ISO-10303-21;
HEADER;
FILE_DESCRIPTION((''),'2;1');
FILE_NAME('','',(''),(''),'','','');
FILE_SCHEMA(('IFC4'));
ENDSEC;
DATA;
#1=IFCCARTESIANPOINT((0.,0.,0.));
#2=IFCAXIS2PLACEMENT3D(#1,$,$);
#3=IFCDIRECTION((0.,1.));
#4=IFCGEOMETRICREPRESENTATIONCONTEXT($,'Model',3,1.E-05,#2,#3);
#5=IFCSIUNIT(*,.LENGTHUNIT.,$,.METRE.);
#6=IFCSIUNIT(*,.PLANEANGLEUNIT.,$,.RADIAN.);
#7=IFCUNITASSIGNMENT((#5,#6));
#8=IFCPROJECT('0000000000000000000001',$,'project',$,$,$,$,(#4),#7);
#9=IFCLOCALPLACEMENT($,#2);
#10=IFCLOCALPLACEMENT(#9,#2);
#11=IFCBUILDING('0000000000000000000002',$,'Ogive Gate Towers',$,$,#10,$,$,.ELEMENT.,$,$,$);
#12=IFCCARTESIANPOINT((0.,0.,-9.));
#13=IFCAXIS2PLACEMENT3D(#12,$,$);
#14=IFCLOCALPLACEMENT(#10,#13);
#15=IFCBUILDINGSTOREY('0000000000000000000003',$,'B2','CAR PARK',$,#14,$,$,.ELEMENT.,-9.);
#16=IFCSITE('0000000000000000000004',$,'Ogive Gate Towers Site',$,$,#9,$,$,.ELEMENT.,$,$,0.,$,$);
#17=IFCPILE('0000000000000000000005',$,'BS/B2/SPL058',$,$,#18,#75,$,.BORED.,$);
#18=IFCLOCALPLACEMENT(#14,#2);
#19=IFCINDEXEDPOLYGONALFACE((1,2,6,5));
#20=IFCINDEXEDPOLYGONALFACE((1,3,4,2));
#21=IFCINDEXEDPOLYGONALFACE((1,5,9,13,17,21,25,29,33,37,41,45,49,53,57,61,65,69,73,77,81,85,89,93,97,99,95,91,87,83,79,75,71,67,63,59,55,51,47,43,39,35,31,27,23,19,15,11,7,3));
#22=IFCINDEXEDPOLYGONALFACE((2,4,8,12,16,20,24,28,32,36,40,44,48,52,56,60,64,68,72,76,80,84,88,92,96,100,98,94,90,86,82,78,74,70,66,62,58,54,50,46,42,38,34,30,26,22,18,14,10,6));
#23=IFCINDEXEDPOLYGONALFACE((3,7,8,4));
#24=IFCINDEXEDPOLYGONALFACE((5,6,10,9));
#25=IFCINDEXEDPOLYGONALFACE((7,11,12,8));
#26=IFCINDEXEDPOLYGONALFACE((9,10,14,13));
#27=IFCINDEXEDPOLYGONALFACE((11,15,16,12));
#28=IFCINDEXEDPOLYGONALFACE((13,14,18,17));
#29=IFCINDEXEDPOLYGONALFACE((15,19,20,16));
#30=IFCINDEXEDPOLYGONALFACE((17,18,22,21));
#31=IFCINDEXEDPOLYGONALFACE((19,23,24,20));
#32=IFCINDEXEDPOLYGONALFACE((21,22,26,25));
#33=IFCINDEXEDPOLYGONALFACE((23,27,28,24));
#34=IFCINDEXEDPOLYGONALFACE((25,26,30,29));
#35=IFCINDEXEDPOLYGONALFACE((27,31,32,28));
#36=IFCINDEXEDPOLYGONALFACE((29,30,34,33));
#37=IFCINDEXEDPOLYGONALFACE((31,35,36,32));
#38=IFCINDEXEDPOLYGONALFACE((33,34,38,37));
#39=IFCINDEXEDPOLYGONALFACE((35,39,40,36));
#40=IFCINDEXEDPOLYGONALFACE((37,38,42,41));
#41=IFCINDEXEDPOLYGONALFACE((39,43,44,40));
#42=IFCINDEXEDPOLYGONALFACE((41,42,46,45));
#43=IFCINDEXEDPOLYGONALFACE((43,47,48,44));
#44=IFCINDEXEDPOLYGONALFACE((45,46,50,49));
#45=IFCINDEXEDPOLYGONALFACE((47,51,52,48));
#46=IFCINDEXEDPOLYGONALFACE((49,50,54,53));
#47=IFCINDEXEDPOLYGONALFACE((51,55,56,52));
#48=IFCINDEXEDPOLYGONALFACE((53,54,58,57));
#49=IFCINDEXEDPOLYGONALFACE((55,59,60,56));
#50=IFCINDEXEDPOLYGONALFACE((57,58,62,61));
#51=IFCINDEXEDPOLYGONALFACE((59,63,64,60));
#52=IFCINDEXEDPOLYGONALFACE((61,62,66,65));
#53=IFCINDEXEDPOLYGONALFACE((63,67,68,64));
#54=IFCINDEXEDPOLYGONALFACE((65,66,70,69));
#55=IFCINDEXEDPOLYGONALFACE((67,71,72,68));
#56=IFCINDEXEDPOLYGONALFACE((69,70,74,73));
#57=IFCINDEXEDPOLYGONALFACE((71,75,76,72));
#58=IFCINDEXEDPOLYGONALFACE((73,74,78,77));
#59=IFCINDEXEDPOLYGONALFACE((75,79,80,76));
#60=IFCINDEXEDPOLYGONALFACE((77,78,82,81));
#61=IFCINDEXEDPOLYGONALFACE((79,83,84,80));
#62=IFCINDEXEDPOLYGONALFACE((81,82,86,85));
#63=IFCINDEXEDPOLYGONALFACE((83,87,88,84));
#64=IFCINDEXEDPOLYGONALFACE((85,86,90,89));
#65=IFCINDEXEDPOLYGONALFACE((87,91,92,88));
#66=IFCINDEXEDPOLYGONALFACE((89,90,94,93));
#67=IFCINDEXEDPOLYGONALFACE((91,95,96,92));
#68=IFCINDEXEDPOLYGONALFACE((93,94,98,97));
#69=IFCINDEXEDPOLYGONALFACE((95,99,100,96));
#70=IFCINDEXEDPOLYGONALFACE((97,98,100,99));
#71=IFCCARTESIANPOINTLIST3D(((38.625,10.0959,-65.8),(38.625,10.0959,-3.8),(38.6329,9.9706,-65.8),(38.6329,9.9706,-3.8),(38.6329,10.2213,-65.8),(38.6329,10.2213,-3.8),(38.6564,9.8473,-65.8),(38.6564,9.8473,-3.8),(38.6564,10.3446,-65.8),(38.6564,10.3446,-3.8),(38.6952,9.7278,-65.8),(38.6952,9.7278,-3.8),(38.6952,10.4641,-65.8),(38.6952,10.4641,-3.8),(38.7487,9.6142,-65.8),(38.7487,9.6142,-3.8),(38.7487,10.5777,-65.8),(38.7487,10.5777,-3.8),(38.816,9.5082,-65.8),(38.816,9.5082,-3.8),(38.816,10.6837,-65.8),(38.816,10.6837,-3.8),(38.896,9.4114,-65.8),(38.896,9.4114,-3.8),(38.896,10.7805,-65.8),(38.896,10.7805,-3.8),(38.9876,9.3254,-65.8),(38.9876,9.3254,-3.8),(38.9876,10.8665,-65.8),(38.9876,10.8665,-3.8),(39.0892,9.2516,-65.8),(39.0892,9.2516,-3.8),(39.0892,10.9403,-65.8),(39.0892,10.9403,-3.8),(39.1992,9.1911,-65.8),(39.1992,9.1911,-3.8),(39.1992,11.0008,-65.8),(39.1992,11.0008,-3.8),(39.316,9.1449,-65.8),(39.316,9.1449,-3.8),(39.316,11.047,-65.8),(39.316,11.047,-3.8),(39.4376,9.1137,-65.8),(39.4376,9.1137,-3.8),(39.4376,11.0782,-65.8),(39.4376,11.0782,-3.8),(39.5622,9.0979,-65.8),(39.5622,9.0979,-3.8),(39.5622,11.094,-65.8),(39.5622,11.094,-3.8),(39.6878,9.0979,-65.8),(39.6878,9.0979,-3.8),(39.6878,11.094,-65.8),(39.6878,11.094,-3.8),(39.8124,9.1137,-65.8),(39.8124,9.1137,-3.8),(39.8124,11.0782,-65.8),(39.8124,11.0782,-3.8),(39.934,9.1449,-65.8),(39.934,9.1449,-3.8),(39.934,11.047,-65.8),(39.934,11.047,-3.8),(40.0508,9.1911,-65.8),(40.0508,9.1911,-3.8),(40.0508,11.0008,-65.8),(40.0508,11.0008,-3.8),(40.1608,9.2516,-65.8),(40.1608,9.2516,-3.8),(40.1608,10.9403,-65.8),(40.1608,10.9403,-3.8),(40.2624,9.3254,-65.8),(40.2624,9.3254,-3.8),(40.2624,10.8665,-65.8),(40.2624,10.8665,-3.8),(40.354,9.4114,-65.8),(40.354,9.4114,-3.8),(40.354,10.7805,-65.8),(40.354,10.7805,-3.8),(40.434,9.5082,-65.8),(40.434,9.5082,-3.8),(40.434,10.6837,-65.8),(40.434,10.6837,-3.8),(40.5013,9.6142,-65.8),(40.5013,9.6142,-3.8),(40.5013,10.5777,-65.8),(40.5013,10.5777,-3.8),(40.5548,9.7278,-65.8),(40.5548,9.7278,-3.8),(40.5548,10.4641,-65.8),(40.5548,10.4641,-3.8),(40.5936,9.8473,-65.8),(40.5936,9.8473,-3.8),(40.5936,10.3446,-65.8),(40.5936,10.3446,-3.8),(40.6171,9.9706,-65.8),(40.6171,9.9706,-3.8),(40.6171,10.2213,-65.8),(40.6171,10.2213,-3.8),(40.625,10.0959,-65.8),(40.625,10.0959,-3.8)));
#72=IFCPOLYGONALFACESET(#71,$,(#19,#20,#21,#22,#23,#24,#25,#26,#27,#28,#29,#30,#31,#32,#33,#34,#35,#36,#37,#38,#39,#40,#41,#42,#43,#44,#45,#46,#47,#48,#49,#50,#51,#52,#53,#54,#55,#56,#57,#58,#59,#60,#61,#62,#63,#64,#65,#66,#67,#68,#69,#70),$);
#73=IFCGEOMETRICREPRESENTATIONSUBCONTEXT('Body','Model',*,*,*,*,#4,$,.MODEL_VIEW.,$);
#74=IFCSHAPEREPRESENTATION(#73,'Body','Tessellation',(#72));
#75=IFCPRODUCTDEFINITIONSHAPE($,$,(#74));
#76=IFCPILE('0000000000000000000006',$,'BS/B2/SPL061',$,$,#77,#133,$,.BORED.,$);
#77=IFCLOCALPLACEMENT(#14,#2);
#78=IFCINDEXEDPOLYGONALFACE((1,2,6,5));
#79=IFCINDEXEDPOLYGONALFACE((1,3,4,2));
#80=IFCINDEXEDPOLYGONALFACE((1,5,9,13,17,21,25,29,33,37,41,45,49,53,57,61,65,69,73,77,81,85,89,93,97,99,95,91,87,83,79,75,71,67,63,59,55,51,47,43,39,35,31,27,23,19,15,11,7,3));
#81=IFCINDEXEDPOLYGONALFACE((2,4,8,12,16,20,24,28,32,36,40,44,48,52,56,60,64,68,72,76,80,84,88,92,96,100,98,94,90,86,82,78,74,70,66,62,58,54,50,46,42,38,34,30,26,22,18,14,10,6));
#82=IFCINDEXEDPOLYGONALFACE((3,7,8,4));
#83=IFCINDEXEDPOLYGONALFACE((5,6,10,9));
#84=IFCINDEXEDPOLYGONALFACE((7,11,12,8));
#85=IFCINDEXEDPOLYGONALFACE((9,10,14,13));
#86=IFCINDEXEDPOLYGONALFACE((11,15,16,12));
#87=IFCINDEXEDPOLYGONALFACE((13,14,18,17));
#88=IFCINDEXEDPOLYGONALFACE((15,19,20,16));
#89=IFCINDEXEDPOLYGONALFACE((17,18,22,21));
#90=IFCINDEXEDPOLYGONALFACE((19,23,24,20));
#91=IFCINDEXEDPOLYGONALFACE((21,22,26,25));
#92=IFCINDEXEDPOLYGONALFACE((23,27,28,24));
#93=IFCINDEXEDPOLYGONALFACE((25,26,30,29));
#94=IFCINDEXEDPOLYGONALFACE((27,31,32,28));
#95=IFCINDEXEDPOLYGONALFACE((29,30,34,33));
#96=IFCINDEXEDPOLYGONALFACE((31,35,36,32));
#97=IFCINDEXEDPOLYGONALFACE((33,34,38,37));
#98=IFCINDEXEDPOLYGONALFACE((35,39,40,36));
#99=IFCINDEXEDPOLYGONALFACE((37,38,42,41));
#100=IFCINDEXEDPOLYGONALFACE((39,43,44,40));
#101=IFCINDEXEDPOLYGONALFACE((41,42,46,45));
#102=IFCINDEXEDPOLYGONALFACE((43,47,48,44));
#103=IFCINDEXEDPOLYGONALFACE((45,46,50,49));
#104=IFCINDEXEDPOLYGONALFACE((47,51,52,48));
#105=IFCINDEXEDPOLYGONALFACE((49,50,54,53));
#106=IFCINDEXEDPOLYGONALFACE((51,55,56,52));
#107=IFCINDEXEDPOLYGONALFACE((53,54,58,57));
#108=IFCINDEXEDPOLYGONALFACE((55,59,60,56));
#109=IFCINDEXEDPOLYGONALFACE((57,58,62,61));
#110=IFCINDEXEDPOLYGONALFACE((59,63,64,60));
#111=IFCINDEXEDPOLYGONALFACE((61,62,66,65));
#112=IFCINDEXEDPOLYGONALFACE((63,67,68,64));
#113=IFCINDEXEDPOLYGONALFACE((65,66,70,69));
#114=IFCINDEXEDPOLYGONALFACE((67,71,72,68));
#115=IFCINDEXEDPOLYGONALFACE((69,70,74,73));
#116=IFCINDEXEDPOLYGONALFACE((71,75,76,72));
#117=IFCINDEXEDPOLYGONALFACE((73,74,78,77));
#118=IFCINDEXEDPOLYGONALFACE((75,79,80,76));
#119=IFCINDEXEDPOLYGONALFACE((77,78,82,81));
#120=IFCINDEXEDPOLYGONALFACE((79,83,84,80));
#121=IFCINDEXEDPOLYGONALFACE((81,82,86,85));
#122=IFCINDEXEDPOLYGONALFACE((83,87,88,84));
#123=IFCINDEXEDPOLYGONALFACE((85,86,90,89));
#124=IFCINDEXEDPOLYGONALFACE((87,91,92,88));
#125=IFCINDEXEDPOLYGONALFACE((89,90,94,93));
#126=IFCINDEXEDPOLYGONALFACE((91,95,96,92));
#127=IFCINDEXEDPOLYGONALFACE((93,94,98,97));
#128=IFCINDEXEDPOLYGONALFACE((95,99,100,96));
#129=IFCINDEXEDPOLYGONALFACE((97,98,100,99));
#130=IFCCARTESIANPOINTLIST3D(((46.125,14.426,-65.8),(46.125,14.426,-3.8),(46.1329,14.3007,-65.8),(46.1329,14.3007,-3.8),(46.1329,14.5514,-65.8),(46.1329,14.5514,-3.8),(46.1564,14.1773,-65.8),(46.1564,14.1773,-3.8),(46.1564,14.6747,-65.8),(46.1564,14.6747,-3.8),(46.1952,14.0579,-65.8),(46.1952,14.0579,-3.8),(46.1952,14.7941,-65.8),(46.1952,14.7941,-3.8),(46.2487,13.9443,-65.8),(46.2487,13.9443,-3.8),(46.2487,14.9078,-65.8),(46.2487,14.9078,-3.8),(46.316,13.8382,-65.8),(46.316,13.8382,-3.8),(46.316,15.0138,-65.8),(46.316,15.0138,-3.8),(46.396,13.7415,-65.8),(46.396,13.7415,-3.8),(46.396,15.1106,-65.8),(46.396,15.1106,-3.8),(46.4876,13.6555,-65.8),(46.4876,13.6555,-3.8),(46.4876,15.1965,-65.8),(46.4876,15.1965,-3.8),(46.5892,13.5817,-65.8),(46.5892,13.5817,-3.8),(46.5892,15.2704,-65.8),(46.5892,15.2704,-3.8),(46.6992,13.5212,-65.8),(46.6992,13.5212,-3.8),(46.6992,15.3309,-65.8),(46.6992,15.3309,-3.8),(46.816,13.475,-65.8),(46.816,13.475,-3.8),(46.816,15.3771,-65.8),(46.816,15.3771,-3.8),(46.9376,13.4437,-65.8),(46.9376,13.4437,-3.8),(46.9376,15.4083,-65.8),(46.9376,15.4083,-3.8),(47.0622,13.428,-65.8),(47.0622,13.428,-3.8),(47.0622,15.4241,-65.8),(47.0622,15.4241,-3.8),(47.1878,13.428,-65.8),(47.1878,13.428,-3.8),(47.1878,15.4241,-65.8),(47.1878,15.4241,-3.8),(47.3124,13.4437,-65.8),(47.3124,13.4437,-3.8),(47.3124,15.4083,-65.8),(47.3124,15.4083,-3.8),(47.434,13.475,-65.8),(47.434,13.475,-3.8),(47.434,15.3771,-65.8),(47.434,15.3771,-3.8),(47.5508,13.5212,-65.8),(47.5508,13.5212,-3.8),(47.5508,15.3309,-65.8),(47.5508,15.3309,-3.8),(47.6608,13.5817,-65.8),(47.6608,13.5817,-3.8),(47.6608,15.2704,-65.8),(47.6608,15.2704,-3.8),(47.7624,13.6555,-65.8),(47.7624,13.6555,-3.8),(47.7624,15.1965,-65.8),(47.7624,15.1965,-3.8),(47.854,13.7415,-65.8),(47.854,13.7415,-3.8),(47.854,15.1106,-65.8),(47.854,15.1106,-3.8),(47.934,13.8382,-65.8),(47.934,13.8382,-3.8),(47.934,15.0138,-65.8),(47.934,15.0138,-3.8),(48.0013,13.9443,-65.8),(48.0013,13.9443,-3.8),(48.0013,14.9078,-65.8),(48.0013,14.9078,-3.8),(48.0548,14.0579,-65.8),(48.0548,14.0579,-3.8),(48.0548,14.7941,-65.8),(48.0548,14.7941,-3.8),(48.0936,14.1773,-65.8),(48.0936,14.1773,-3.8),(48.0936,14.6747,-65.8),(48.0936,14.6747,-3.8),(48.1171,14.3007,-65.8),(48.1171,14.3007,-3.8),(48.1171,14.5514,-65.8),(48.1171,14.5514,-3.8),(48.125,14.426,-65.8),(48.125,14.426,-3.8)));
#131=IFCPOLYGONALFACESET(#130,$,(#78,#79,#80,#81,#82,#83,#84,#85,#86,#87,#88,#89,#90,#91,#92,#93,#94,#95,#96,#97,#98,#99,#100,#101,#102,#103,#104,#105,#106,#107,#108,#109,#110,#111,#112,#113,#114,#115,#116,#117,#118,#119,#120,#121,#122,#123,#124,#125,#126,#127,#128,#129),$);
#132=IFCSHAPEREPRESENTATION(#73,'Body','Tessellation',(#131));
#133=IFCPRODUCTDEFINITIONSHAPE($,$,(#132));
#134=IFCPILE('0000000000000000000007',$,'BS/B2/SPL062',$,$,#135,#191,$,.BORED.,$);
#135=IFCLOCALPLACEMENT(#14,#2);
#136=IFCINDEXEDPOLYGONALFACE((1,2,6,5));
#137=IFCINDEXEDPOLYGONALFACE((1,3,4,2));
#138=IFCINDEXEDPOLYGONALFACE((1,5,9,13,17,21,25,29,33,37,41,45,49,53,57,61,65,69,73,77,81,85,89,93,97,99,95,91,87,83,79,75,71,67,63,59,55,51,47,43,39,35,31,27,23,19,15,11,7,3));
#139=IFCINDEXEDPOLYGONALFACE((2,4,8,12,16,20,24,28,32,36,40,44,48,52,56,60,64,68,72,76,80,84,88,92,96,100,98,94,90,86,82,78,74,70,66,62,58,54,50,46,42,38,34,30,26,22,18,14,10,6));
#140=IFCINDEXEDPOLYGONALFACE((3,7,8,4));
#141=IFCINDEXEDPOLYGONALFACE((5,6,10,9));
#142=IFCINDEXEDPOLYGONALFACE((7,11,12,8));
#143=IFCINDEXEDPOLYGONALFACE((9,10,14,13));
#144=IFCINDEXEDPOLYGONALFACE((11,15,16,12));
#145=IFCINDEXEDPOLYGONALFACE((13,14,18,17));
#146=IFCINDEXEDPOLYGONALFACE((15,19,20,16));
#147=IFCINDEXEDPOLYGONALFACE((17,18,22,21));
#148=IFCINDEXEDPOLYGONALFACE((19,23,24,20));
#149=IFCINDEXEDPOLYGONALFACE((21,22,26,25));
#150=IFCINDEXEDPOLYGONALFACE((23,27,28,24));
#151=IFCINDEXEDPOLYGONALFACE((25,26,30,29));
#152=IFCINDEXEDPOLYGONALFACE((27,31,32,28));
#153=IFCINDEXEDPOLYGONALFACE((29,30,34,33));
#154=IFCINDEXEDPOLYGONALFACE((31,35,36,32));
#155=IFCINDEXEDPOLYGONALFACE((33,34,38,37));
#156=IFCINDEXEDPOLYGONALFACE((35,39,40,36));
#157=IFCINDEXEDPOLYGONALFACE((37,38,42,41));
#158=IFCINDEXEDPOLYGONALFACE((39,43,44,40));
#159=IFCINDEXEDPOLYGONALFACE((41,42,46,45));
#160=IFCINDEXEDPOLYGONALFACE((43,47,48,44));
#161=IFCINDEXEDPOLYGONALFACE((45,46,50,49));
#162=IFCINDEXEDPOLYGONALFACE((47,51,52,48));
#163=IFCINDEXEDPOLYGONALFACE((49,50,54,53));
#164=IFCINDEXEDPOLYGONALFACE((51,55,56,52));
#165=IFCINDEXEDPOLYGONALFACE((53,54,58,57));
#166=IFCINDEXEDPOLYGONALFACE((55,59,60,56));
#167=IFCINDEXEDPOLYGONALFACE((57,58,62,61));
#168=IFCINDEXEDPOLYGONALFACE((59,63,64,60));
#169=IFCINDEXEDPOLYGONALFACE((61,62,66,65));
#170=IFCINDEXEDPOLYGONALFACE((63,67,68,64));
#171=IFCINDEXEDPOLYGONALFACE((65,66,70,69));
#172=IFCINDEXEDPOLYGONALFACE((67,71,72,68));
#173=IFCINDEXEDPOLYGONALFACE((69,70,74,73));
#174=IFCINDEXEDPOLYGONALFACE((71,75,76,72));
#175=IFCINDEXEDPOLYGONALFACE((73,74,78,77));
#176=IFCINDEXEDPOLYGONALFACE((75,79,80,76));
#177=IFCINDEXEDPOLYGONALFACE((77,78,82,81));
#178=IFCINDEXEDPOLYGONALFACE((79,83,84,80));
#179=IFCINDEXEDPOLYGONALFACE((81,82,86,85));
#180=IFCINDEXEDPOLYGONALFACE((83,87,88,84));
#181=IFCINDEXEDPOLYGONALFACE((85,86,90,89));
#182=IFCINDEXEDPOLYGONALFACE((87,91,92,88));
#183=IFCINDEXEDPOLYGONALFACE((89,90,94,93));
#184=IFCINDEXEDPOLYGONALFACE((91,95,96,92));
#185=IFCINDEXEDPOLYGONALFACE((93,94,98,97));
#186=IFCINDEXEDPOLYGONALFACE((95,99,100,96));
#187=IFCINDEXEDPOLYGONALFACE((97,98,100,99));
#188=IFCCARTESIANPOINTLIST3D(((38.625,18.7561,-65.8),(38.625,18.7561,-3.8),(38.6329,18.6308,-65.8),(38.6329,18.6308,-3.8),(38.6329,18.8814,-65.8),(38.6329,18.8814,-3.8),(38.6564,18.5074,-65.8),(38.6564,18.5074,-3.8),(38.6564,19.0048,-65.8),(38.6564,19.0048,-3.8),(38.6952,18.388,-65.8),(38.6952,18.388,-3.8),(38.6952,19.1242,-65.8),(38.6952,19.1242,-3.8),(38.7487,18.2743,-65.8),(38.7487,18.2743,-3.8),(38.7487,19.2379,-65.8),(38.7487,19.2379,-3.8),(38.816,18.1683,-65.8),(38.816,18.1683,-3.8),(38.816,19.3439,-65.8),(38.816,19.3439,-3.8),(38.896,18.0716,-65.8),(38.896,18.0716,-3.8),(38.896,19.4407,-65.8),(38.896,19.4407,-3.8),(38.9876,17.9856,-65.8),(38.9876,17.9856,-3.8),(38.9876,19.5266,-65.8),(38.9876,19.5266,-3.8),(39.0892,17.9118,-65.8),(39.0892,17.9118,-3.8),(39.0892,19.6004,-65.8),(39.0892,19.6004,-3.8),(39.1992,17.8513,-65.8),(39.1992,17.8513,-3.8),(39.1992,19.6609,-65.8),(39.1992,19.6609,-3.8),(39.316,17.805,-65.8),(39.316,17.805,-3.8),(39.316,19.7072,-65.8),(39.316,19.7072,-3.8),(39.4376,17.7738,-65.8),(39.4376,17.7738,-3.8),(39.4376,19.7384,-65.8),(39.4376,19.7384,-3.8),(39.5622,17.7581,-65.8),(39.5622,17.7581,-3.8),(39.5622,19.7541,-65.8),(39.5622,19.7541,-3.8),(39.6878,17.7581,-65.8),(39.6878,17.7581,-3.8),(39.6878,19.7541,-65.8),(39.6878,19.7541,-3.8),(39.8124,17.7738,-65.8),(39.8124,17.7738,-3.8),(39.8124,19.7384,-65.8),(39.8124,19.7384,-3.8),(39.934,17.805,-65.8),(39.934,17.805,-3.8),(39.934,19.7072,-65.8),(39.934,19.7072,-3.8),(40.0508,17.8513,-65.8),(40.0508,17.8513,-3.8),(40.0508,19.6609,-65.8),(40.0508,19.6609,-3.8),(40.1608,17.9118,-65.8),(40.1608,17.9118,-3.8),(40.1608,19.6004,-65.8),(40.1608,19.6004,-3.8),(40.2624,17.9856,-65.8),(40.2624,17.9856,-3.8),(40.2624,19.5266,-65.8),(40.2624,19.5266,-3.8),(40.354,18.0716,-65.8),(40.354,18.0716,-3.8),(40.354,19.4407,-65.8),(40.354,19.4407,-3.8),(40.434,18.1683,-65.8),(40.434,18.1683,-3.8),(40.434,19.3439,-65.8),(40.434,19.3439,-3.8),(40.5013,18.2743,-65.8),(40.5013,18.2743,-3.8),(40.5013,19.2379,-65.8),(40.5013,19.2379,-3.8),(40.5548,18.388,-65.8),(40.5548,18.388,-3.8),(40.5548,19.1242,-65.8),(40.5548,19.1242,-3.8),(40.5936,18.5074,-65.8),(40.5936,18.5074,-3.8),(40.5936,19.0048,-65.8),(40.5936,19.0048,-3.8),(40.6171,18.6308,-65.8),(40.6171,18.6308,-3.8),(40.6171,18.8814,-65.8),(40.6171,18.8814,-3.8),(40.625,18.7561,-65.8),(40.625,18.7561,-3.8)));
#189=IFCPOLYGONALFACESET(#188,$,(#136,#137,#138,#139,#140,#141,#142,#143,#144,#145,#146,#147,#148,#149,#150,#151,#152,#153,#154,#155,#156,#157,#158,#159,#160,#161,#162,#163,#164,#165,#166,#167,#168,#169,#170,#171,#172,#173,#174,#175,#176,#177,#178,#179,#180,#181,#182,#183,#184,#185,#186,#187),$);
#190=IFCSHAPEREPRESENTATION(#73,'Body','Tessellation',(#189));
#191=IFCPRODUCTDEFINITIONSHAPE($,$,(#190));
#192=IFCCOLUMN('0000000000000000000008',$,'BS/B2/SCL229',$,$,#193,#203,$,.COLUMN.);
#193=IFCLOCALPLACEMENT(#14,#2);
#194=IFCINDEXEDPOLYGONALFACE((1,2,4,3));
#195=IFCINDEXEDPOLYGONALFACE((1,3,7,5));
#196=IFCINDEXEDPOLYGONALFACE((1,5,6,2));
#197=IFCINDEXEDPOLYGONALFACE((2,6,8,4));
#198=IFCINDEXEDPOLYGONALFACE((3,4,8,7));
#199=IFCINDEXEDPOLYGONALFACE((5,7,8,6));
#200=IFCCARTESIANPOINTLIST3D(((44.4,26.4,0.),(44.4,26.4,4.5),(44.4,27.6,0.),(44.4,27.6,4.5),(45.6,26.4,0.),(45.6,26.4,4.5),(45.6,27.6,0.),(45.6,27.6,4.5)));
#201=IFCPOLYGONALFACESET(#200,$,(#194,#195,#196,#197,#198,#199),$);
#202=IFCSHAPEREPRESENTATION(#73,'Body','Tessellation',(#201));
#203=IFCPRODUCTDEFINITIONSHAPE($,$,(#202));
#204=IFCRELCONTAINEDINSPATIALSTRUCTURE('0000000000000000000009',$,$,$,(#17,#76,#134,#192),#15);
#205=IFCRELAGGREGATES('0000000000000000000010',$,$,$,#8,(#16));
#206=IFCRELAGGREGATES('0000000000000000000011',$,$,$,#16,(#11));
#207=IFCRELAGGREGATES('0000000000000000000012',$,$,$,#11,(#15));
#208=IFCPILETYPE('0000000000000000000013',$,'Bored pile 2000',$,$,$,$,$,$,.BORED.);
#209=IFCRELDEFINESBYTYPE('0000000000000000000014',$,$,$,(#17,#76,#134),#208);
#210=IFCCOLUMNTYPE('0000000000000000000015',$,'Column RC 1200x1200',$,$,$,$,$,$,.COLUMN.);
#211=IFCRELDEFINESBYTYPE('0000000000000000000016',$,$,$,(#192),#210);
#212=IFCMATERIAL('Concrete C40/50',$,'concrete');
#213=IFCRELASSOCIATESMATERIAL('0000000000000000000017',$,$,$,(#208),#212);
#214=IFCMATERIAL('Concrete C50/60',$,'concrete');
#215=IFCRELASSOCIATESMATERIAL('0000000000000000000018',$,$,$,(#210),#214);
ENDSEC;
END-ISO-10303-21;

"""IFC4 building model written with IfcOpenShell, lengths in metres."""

from ifc_helpers import new_model, si_unit, direction, frame, origin, origin_2d, place, context, subcontext, project, spatial, rectangle, circle, extrude, material, material_profile, profile_set, type_object, element, save


model = new_model("IFC4")

# Units and contexts
model_context = context("Model", 3, precision=1e-05, world=origin(), true_north=direction((0.0, 1.0)))
body_context = subcontext(model_context, "Body", "Model", "MODEL_VIEW")
ifc_project = project(units=[si_unit("LENGTHUNIT", "METRE"), si_unit("PLANEANGLEUNIT", "RADIAN")], contexts=[model_context])

# Site, building, storey
site_placement = place(None, origin())
site = spatial("IfcSite", under=ifc_project, at=site_placement, Name="Ogive Gate Towers Site", CompositionType="ELEMENT", RefElevation=0.0)
building_placement = place(site_placement, origin())
building = spatial("IfcBuilding", under=site, at=building_placement, Name="Ogive Gate Towers", CompositionType="ELEMENT")
storey_placement = place(building_placement, frame((0.0, 0.0, -9.0)))
storey = spatial("IfcBuildingStorey", under=building, at=storey_placement, Name="B2", Description="CAR PARK", CompositionType="ELEMENT", Elevation=-9.0)

# Piles
ifc_material_1 = material(Name="Concrete C40/50", Category="concrete")
ifc_material_profile_1 = material_profile(ifc_material_1, circle(Radius=1.0, at=origin_2d()), Name="BP 2000")
ifc_profile_set_1 = profile_set([ifc_material_profile_1], Name="Concrete C40/50")
pile_type_1 = type_object("IfcPileType", Name="Bored pile 2000", PredefinedType="BORED", material=ifc_profile_set_1)
for number, where, z_axis, x_axis, name in (
    (1, (39.625, 10.0959, -3.8), (0.0, 0.0, -1.0), (1.0, 0.0, 0.0), "BS/B2/SPL058"),
    (2, (47.125, 14.426, -3.8), (0.0, 0.0, -1.0), (1.0, 0.0, 0.0), "BS/B2/SPL061"),
    (3, (39.625, 18.7561, -3.8), (0.0, 0.0, -1.0), (1.0, 0.0, 0.0), "BS/B2/SPL062"),
):
    element("IfcPile", number, at=place(storey_placement, frame(where, z_axis=z_axis, x_axis=x_axis)), inside=storey, type_object=pile_type_1, Name=name, PredefinedType="BORED", context=body_context, shape_type="SweptSolid", body=[
        extrude(circle(Radius=1.0, at=origin_2d()), origin(), (0.0, 0.0, 1.0), 62.0),
    ])

# Column
ifc_material_2 = material(Name="Concrete C50/60", Category="concrete")
ifc_material_profile_2 = material_profile(ifc_material_2, rectangle(XDim=1.2, YDim=1.2, at=origin_2d()), Name="RC 1200x1200")
ifc_profile_set_2 = profile_set([ifc_material_profile_2], Name="Concrete C50/60")
column_type_1 = type_object("IfcColumnType", Name="Column RC 1200x1200", PredefinedType="COLUMN", material=ifc_profile_set_2)
for number, where, z_axis, x_axis, name in (
    (4, (45.0, 27.0, 0.0), (0.0, 0.0, 1.0), (1.0, 0.0, 0.0), "BS/B2/SCL229"),
):
    element("IfcColumn", number, at=place(storey_placement, frame(where, z_axis=z_axis, x_axis=x_axis)), inside=storey, type_object=column_type_1, Name=name, PredefinedType="COLUMN", context=body_context, shape_type="SweptSolid", body=[
        extrude(rectangle(XDim=1.2, YDim=1.2, at=origin_2d()), origin(), (0.0, 0.0, 1.0), 4.5),
    ])

save(model, "model.ifc")
